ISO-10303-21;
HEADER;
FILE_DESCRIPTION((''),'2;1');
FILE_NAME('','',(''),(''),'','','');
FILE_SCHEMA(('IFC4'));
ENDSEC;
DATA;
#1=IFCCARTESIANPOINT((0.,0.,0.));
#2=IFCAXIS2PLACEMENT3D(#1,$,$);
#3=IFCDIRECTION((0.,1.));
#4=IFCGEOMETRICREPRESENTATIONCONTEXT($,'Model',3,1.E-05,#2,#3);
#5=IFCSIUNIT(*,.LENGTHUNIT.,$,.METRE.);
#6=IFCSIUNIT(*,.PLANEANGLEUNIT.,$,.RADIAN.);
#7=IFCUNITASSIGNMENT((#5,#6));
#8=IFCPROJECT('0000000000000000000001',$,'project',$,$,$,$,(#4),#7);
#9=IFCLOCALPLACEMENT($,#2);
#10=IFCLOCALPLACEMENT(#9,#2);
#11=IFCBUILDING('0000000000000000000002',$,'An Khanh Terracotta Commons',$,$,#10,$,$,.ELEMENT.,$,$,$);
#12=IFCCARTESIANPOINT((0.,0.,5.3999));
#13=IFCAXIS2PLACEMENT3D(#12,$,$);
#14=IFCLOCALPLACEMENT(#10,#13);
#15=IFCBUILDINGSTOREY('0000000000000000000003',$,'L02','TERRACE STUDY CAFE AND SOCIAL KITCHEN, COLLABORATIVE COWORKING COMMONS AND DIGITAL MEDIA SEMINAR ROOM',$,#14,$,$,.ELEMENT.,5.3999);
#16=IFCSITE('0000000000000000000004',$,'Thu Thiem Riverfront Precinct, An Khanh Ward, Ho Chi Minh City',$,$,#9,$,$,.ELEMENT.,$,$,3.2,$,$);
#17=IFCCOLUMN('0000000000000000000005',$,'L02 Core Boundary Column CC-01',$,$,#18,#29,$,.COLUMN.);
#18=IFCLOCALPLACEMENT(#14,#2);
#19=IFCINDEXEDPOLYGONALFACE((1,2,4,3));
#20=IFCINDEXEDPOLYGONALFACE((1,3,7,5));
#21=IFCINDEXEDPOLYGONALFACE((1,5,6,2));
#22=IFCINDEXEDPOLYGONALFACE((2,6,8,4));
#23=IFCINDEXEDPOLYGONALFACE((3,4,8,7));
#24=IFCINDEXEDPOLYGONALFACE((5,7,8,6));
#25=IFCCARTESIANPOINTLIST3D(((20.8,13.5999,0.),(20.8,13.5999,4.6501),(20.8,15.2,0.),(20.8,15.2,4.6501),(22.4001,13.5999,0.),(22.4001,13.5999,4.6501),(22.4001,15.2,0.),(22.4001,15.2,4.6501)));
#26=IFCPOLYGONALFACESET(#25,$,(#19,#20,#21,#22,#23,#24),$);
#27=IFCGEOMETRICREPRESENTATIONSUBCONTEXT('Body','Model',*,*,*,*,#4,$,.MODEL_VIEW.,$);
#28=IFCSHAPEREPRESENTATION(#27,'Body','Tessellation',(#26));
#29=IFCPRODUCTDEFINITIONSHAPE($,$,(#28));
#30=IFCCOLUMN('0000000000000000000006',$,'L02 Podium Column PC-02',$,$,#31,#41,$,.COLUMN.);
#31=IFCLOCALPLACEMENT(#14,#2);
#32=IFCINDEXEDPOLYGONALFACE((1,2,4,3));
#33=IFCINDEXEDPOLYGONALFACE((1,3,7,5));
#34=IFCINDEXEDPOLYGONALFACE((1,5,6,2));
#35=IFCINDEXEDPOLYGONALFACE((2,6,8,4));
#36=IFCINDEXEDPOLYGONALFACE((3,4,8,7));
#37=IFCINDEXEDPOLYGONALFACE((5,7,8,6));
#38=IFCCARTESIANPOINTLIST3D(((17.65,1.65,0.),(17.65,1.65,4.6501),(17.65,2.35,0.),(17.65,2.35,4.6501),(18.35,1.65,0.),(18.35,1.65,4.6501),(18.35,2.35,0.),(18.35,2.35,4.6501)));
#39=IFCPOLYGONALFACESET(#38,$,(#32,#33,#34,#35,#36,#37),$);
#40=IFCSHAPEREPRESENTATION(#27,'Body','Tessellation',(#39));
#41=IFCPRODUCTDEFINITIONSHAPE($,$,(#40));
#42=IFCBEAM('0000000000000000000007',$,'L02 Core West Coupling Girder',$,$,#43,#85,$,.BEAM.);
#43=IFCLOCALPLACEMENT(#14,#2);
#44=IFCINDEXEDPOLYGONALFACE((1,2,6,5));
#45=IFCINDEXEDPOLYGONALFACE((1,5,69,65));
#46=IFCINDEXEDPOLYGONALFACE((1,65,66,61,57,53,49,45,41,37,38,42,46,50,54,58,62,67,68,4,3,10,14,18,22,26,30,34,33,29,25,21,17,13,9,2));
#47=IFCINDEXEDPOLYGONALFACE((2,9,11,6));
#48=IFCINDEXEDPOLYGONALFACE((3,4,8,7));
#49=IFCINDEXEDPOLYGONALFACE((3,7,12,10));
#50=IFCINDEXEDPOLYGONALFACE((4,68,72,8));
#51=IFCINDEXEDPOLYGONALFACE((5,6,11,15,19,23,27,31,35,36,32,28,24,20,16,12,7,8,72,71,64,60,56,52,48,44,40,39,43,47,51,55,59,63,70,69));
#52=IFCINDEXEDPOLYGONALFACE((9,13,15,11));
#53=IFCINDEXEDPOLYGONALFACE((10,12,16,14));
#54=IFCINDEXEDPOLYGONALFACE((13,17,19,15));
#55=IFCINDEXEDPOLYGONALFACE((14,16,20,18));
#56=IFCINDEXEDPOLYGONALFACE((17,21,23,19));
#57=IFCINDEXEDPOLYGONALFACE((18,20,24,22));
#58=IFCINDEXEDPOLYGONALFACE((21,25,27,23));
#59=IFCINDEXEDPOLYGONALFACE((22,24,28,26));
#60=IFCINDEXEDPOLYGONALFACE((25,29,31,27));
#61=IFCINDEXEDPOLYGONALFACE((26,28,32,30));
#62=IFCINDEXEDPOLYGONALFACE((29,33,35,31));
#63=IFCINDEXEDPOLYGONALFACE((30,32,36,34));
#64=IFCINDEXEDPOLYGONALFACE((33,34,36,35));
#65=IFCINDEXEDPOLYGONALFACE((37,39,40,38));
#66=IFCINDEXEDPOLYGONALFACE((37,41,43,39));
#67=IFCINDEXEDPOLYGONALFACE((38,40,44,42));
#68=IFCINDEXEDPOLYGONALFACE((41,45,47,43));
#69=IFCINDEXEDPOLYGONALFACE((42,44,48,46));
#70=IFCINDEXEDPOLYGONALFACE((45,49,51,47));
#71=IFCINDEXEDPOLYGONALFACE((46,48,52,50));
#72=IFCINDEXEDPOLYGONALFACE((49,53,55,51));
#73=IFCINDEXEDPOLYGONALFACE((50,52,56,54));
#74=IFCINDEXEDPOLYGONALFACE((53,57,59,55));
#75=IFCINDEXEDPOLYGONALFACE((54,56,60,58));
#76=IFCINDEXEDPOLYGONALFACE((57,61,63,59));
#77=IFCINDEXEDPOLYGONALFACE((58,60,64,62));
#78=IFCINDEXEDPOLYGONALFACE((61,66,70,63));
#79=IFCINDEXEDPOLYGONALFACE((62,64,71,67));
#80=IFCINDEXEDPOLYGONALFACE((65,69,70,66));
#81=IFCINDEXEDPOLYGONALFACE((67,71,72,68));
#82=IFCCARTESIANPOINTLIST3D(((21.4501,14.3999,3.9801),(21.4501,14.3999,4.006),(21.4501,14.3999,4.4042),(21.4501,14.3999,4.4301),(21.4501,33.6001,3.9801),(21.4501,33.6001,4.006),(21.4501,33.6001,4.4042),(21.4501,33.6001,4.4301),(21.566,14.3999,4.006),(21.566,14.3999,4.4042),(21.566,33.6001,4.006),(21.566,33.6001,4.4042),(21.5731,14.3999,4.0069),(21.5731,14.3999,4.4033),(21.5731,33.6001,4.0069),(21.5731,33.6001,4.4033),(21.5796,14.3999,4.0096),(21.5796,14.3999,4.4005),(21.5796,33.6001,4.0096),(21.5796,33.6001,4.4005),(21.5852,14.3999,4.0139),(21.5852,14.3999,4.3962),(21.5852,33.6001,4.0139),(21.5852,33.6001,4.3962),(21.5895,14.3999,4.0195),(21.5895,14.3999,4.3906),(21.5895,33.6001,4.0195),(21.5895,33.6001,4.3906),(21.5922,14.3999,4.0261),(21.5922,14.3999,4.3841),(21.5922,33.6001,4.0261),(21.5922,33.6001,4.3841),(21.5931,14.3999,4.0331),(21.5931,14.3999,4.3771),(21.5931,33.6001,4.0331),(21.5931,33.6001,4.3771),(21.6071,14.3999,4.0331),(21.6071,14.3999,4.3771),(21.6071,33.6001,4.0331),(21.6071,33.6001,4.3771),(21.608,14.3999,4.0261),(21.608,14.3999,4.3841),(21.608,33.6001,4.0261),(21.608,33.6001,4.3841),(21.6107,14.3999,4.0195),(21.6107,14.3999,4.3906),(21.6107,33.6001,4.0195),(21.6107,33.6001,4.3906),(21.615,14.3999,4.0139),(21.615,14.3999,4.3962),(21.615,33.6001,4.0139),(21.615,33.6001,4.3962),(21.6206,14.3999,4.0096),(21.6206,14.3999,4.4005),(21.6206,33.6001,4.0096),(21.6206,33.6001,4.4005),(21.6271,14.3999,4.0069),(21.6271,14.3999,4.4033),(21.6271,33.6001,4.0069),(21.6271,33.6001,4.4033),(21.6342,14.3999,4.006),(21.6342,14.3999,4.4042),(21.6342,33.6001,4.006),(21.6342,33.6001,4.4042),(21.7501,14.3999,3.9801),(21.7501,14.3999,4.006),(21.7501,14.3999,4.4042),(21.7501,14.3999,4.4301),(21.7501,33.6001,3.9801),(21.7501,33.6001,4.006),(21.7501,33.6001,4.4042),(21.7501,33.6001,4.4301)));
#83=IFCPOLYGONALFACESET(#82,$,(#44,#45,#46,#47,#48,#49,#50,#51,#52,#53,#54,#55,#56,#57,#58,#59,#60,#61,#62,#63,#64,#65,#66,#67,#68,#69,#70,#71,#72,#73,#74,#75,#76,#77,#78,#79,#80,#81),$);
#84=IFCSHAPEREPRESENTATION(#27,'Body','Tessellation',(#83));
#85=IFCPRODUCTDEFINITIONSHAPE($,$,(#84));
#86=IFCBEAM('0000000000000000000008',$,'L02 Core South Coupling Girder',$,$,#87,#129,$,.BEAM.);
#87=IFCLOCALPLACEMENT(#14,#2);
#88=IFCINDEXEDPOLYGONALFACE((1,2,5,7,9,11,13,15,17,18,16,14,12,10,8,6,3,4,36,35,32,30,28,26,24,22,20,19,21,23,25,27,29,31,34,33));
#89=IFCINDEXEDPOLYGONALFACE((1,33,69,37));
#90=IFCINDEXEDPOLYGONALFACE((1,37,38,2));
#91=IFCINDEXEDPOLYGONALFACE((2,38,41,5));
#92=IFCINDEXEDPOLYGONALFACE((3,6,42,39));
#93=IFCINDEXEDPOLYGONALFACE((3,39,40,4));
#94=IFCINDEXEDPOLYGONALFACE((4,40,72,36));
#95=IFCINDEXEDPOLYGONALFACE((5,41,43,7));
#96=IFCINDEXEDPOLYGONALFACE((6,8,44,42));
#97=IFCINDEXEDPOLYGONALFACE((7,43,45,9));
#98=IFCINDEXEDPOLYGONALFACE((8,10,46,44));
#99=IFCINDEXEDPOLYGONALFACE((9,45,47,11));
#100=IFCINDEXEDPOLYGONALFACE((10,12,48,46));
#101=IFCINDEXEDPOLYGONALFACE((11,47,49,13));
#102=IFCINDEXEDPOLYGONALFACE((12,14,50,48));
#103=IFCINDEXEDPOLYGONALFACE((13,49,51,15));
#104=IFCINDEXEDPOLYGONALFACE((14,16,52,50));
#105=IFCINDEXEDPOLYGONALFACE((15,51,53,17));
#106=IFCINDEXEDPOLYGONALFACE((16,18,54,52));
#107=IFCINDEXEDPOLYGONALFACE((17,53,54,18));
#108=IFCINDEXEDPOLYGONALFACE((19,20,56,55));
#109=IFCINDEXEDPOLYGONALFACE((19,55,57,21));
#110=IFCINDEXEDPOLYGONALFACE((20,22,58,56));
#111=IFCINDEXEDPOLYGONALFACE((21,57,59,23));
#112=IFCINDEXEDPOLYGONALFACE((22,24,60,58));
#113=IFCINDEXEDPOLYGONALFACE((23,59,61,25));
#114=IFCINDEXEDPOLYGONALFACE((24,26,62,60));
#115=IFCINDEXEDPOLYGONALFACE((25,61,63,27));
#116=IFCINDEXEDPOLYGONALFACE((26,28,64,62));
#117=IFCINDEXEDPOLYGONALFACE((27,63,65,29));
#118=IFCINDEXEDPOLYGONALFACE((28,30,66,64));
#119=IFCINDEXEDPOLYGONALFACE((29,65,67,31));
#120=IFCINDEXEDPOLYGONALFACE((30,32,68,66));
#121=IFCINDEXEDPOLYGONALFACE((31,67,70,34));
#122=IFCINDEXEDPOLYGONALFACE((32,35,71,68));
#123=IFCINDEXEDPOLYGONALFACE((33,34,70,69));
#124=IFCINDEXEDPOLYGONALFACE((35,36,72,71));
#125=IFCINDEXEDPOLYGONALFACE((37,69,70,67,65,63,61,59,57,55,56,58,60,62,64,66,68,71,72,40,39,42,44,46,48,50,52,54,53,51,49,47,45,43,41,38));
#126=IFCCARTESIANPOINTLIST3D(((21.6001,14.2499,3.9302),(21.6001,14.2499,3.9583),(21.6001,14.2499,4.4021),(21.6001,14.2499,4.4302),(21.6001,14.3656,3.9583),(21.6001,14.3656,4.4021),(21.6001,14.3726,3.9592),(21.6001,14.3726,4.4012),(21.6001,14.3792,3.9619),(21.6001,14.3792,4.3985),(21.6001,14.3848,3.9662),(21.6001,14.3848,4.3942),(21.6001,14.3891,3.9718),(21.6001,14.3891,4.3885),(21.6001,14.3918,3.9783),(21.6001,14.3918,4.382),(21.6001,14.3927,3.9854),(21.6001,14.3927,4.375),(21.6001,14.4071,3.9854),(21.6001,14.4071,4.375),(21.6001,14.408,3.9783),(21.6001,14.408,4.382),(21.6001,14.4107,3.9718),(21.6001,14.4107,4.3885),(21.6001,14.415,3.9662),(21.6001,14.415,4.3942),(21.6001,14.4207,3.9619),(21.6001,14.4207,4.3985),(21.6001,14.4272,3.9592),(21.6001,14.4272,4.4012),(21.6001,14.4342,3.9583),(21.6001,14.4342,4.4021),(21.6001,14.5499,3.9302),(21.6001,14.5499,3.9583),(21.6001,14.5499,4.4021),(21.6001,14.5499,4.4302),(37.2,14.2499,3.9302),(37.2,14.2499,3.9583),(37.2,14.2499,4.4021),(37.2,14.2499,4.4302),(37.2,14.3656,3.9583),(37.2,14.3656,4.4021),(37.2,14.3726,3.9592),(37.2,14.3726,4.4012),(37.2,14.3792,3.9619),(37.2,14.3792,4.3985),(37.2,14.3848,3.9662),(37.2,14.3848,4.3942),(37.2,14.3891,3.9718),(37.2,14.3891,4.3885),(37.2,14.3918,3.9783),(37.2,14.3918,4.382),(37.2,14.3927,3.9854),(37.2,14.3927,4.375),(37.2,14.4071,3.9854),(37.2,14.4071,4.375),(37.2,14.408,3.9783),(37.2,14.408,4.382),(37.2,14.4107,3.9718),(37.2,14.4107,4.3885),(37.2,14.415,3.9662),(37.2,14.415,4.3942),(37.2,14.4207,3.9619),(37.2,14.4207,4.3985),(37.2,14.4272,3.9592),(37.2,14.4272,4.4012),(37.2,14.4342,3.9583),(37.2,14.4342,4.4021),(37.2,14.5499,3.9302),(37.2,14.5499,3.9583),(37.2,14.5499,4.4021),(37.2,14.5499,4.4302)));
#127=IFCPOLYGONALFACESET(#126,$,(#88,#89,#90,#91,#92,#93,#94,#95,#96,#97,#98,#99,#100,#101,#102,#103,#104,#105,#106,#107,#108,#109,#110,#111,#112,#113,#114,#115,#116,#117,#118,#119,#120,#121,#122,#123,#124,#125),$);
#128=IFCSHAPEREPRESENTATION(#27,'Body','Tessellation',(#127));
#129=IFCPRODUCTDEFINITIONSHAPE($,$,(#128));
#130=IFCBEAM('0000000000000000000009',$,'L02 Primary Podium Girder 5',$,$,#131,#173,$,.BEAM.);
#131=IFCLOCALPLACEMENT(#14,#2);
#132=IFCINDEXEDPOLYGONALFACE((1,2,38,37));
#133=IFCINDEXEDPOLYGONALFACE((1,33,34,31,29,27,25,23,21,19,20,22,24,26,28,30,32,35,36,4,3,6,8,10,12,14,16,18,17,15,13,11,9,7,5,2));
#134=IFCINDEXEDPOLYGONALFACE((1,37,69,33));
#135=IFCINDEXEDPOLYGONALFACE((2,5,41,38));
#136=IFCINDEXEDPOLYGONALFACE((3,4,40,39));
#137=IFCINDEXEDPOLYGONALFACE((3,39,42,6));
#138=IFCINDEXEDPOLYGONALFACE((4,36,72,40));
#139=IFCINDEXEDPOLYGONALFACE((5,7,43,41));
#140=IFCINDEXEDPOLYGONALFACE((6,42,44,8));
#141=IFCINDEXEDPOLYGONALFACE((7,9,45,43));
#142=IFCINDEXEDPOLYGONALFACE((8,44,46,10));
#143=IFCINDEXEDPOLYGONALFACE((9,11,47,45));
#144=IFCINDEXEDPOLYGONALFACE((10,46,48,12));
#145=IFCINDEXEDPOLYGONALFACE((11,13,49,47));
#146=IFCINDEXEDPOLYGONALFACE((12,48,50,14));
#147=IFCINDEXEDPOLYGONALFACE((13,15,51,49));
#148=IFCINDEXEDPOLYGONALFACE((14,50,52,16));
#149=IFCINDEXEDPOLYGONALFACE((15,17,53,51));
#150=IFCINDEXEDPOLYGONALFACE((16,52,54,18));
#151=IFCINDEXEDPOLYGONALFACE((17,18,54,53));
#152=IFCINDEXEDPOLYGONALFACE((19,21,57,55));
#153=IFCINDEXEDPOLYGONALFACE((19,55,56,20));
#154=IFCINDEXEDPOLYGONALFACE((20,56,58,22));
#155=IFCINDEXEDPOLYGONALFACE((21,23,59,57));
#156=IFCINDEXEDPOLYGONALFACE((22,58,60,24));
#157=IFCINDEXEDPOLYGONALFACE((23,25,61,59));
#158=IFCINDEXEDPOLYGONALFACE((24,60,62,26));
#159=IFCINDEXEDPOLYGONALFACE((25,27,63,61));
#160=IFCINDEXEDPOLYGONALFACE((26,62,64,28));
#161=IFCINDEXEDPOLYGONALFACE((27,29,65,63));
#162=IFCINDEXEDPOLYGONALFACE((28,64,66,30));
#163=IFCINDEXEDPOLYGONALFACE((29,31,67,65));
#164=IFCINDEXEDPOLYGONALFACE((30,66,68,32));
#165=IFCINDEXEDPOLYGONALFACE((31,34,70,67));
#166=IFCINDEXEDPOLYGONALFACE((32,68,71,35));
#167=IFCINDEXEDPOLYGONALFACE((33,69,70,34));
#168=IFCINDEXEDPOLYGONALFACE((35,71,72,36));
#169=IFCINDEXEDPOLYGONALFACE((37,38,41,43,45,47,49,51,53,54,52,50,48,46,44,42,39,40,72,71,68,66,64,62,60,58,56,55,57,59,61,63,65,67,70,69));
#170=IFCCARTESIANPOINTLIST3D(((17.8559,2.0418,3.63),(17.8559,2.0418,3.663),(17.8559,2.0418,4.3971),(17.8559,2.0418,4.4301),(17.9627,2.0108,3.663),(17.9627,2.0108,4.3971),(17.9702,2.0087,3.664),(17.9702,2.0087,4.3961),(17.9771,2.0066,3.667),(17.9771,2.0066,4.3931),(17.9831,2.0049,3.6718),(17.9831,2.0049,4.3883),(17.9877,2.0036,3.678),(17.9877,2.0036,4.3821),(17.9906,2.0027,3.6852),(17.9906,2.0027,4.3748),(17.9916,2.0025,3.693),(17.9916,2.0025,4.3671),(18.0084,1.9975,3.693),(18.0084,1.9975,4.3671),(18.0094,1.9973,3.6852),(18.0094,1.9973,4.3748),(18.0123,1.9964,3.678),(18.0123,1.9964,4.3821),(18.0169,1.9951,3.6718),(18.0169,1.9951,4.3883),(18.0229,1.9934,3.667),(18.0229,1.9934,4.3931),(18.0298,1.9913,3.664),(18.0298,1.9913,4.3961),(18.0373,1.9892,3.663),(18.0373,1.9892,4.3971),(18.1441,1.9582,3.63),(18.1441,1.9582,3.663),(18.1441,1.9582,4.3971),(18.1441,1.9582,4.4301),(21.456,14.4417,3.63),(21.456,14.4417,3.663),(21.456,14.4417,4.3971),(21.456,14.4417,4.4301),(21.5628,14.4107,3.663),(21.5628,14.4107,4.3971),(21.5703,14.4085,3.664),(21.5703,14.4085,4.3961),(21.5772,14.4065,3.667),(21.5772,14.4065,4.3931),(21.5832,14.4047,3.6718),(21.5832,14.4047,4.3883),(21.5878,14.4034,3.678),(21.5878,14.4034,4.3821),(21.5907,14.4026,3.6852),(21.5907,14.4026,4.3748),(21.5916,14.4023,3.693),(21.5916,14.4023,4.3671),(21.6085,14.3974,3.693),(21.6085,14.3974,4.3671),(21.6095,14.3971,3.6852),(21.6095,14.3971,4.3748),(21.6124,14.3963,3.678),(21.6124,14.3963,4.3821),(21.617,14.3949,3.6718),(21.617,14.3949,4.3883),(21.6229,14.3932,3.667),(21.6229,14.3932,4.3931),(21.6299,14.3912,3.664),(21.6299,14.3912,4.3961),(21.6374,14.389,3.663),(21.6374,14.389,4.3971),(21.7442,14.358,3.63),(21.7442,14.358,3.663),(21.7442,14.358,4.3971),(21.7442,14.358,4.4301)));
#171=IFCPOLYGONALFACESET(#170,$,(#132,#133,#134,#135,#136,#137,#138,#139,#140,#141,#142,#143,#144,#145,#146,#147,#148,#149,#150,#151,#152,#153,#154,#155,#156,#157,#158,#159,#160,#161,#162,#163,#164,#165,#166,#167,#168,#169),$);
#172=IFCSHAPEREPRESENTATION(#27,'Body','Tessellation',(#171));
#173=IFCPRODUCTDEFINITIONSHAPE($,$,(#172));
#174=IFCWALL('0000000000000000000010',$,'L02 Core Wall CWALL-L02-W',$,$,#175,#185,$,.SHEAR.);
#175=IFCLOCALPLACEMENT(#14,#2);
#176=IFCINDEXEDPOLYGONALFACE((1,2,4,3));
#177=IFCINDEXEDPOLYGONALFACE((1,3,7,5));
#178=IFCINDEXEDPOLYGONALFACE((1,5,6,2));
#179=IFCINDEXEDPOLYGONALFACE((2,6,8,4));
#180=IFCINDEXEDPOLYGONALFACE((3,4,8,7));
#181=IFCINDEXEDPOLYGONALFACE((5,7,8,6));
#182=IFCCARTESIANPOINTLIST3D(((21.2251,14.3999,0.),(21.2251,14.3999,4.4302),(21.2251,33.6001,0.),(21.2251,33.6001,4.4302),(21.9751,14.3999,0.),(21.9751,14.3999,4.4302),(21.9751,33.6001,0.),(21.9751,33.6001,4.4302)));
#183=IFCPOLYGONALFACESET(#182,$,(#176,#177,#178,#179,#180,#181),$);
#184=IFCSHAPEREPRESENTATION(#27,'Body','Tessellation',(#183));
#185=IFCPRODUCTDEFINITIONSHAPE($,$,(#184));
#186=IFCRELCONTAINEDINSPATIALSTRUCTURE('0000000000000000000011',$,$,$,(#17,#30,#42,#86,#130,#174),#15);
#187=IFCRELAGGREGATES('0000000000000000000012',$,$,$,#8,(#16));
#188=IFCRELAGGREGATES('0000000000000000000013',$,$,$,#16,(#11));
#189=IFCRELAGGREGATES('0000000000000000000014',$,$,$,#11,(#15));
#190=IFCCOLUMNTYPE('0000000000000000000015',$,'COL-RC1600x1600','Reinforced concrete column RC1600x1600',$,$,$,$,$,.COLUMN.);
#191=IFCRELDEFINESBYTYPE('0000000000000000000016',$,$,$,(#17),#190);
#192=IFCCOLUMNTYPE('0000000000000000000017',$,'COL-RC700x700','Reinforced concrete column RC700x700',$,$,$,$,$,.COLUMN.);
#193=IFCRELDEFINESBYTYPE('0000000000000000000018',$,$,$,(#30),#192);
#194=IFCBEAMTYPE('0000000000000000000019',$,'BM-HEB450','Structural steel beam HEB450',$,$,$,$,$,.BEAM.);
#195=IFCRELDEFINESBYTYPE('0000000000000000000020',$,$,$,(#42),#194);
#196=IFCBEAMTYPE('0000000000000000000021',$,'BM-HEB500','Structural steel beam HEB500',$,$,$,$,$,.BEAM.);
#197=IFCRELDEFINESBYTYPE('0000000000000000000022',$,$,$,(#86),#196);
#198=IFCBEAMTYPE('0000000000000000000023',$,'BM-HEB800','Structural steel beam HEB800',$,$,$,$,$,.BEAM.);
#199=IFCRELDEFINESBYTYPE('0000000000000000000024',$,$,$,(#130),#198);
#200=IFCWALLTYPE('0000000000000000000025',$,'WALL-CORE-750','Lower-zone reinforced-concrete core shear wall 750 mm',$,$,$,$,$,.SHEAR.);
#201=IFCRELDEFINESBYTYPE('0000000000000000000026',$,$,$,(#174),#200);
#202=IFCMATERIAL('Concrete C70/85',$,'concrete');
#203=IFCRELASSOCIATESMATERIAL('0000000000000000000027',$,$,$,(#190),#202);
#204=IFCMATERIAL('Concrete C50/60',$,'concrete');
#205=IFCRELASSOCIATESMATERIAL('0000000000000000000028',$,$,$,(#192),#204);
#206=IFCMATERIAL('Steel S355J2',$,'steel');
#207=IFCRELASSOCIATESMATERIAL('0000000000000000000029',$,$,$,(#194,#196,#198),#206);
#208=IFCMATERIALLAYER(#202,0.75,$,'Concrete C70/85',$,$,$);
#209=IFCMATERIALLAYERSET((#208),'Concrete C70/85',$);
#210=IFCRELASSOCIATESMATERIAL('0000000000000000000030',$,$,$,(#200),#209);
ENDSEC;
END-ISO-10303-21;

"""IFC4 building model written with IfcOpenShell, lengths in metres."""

from ifc_helpers import new_model, si_unit, direction, frame, frame_2d, origin, origin_2d, place, context, subcontext, project, spatial, rectangle, i_section, extrude, material, layer, layer_set, material_profile, profile_set, type_object, element, save


model = new_model("IFC4")

# Units and contexts
model_context = context("Model", 3, precision=1e-05, world=origin(), true_north=direction((0.0, 1.0)))
body_context = subcontext(model_context, "Body", "Model", "MODEL_VIEW")
ifc_project = project(units=[si_unit("LENGTHUNIT", "METRE"), si_unit("PLANEANGLEUNIT", "RADIAN")], contexts=[model_context])

# Site, building, storey
site_placement = place(None, origin())
site = spatial("IfcSite", under=ifc_project, at=site_placement, Name="Thu Thiem Riverfront Precinct, An Khanh Ward, Ho Chi Minh City", CompositionType="ELEMENT", RefElevation=3.2)
building_placement = place(site_placement, origin())
building = spatial("IfcBuilding", under=site, at=building_placement, Name="An Khanh Terracotta Commons", CompositionType="ELEMENT")
storey_placement = place(building_placement, frame((0.0, 0.0, 5.3999)))
storey = spatial("IfcBuildingStorey", under=building, at=storey_placement, Name="L02", Description="TERRACE STUDY CAFE AND SOCIAL KITCHEN, COLLABORATIVE COWORKING COMMONS AND DIGITAL MEDIA SEMINAR ROOM", CompositionType="ELEMENT", Elevation=5.3999)

# Columns
ifc_material_1 = material(Name="Concrete C70/85", Category="concrete")
ifc_material_profile_1 = material_profile(ifc_material_1, rectangle(XDim=1.6001, YDim=1.6001, at=origin_2d()), Name="RC1600x1600")
ifc_profile_set_1 = profile_set([ifc_material_profile_1], Name="Concrete C70/85")
column_type_1 = type_object("IfcColumnType", Name="COL-RC1600x1600", Description="Reinforced concrete column RC1600x1600", PredefinedType="COLUMN", material=ifc_profile_set_1)
column_1_placement = place(storey_placement, frame((21.6001, 14.3999, 0.0), z_axis=(0.0, 0.0, 1.0), x_axis=(1.0, 0.0, 0.0)))
element("IfcColumn", 1, at=column_1_placement, inside=storey, type_object=column_type_1, Name="L02 Core Boundary Column CC-01", PredefinedType="COLUMN", context=body_context, shape_type="SweptSolid", body=[
    extrude(rectangle(XDim=1.6001, YDim=1.6001, at=origin_2d()), origin(), (0.0, 0.0, 1.0), 4.6501),
])
ifc_material_2 = material(Name="Concrete C50/60", Category="concrete")
ifc_material_profile_2 = material_profile(ifc_material_2, rectangle(XDim=0.7, YDim=0.7, at=origin_2d()), Name="RC700x700")
ifc_profile_set_2 = profile_set([ifc_material_profile_2], Name="Concrete C50/60")
column_type_2 = type_object("IfcColumnType", Name="COL-RC700x700", Description="Reinforced concrete column RC700x700", PredefinedType="COLUMN", material=ifc_profile_set_2)
column_2_placement = place(storey_placement, frame((18.0, 2.0, 0.0), z_axis=(0.0, 0.0, 1.0), x_axis=(1.0, 0.0, 0.0)))
element("IfcColumn", 2, at=column_2_placement, inside=storey, type_object=column_type_2, Name="L02 Podium Column PC-02", PredefinedType="COLUMN", context=body_context, shape_type="SweptSolid", body=[
    extrude(rectangle(XDim=0.7, YDim=0.7, at=origin_2d()), origin(), (0.0, 0.0, 1.0), 4.6501),
])

# Beams
ifc_material_3 = material(Name="Steel S355J2", Category="steel")
ifc_material_profile_3 = material_profile(ifc_material_3, i_section(OverallWidth=0.3, OverallDepth=0.45, WebThickness=0.0139, FlangeThickness=0.0259, FilletRadius=0.0271, at=origin_2d()), Name="HEB450")
ifc_profile_set_3 = profile_set([ifc_material_profile_3], Name="Steel S355J2")
beam_type_1 = type_object("IfcBeamType", Name="BM-HEB450", Description="Structural steel beam HEB450", PredefinedType="BEAM", material=ifc_profile_set_3)
beam_1_placement = place(storey_placement, frame((21.6001, 14.3999, 4.2051), z_axis=(0.0, 1.0, 0.0), x_axis=(-1.0, 0.0, 0.0)))
element("IfcBeam", 3, at=beam_1_placement, inside=storey, type_object=beam_type_1, Name="L02 Core West Coupling Girder", PredefinedType="BEAM", context=body_context, shape_type="SweptSolid", body=[
    extrude(i_section(OverallWidth=0.3, OverallDepth=0.45, WebThickness=0.0139, FlangeThickness=0.0259, FilletRadius=0.0271, at=origin_2d()), origin(), (0.0, 0.0, 1.0), 19.2002),
])
ifc_material_profile_4 = material_profile(ifc_material_3, i_section(OverallWidth=0.3, OverallDepth=0.5, WebThickness=0.0144, FlangeThickness=0.0281, FilletRadius=0.0271, at=origin_2d()), Name="HEB500")
ifc_profile_set_4 = profile_set([ifc_material_profile_4], Name="Steel S355J2")
beam_type_2 = type_object("IfcBeamType", Name="BM-HEB500", Description="Structural steel beam HEB500", PredefinedType="BEAM", material=ifc_profile_set_4)
beam_2_placement = place(storey_placement, frame((21.6001, 14.3999, 4.1802), z_axis=(1.0, 0.0, 0.0), x_axis=(0.0, 1.0, 0.0)))
element("IfcBeam", 4, at=beam_2_placement, inside=storey, type_object=beam_type_2, Name="L02 Core South Coupling Girder", PredefinedType="BEAM", context=body_context, shape_type="SweptSolid", body=[
    extrude(i_section(OverallWidth=0.3, OverallDepth=0.5, WebThickness=0.0144, FlangeThickness=0.0281, FilletRadius=0.0271, at=origin_2d()), origin(), (0.0, 0.0, 1.0), 15.5999),
])
ifc_material_profile_5 = material_profile(ifc_material_3, i_section(OverallWidth=0.3, OverallDepth=0.8, WebThickness=0.0176, FlangeThickness=0.033, FilletRadius=0.03, at=origin_2d()), Name="HEB800")
ifc_profile_set_5 = profile_set([ifc_material_profile_5], Name="Steel S355J2")
beam_type_3 = type_object("IfcBeamType", Name="BM-HEB800", Description="Structural steel beam HEB800", PredefinedType="BEAM", material=ifc_profile_set_5)
beam_3_placement = place(storey_placement, frame((18.0, 2.0, 4.03), z_axis=(0.278819, 0.960344, 0.0), x_axis=(-0.960344, 0.278819, 0.0)))
element("IfcBeam", 5, at=beam_3_placement, inside=storey, type_object=beam_type_3, Name="L02 Primary Podium Girder 5", PredefinedType="BEAM", context=body_context, shape_type="SweptSolid", body=[
    extrude(i_section(OverallWidth=0.3, OverallDepth=0.8, WebThickness=0.0176, FlangeThickness=0.033, FilletRadius=0.03, at=origin_2d()), origin(), (0.0, 0.0, 1.0), 12.9119),
])

# Wall
ifc_layer_1 = layer(ifc_material_1, 0.75, Name="Concrete C70/85")
ifc_layer_set_1 = layer_set([ifc_layer_1], Name="Concrete C70/85")
wall_type_1 = type_object("IfcWallType", Name="WALL-CORE-750", Description="Lower-zone reinforced-concrete core shear wall 750 mm", PredefinedType="SHEAR", material=ifc_layer_set_1)
wall_1_placement = place(storey_placement, frame((21.6001, 14.3999, 0.0), z_axis=(0.0, 0.0, 1.0), x_axis=(0.0, 1.0, 0.0)))
element("IfcWall", 6, at=wall_1_placement, inside=storey, type_object=wall_type_1, Name="L02 Core Wall CWALL-L02-W", PredefinedType="SHEAR", context=body_context, shape_type="SweptSolid", body=[
    extrude(rectangle(XDim=19.2002, YDim=0.75, at=frame_2d((9.6001, 0.0))), origin(), (0.0, 0.0, 1.0), 4.4302),
])

save(model, "model.ifc")
